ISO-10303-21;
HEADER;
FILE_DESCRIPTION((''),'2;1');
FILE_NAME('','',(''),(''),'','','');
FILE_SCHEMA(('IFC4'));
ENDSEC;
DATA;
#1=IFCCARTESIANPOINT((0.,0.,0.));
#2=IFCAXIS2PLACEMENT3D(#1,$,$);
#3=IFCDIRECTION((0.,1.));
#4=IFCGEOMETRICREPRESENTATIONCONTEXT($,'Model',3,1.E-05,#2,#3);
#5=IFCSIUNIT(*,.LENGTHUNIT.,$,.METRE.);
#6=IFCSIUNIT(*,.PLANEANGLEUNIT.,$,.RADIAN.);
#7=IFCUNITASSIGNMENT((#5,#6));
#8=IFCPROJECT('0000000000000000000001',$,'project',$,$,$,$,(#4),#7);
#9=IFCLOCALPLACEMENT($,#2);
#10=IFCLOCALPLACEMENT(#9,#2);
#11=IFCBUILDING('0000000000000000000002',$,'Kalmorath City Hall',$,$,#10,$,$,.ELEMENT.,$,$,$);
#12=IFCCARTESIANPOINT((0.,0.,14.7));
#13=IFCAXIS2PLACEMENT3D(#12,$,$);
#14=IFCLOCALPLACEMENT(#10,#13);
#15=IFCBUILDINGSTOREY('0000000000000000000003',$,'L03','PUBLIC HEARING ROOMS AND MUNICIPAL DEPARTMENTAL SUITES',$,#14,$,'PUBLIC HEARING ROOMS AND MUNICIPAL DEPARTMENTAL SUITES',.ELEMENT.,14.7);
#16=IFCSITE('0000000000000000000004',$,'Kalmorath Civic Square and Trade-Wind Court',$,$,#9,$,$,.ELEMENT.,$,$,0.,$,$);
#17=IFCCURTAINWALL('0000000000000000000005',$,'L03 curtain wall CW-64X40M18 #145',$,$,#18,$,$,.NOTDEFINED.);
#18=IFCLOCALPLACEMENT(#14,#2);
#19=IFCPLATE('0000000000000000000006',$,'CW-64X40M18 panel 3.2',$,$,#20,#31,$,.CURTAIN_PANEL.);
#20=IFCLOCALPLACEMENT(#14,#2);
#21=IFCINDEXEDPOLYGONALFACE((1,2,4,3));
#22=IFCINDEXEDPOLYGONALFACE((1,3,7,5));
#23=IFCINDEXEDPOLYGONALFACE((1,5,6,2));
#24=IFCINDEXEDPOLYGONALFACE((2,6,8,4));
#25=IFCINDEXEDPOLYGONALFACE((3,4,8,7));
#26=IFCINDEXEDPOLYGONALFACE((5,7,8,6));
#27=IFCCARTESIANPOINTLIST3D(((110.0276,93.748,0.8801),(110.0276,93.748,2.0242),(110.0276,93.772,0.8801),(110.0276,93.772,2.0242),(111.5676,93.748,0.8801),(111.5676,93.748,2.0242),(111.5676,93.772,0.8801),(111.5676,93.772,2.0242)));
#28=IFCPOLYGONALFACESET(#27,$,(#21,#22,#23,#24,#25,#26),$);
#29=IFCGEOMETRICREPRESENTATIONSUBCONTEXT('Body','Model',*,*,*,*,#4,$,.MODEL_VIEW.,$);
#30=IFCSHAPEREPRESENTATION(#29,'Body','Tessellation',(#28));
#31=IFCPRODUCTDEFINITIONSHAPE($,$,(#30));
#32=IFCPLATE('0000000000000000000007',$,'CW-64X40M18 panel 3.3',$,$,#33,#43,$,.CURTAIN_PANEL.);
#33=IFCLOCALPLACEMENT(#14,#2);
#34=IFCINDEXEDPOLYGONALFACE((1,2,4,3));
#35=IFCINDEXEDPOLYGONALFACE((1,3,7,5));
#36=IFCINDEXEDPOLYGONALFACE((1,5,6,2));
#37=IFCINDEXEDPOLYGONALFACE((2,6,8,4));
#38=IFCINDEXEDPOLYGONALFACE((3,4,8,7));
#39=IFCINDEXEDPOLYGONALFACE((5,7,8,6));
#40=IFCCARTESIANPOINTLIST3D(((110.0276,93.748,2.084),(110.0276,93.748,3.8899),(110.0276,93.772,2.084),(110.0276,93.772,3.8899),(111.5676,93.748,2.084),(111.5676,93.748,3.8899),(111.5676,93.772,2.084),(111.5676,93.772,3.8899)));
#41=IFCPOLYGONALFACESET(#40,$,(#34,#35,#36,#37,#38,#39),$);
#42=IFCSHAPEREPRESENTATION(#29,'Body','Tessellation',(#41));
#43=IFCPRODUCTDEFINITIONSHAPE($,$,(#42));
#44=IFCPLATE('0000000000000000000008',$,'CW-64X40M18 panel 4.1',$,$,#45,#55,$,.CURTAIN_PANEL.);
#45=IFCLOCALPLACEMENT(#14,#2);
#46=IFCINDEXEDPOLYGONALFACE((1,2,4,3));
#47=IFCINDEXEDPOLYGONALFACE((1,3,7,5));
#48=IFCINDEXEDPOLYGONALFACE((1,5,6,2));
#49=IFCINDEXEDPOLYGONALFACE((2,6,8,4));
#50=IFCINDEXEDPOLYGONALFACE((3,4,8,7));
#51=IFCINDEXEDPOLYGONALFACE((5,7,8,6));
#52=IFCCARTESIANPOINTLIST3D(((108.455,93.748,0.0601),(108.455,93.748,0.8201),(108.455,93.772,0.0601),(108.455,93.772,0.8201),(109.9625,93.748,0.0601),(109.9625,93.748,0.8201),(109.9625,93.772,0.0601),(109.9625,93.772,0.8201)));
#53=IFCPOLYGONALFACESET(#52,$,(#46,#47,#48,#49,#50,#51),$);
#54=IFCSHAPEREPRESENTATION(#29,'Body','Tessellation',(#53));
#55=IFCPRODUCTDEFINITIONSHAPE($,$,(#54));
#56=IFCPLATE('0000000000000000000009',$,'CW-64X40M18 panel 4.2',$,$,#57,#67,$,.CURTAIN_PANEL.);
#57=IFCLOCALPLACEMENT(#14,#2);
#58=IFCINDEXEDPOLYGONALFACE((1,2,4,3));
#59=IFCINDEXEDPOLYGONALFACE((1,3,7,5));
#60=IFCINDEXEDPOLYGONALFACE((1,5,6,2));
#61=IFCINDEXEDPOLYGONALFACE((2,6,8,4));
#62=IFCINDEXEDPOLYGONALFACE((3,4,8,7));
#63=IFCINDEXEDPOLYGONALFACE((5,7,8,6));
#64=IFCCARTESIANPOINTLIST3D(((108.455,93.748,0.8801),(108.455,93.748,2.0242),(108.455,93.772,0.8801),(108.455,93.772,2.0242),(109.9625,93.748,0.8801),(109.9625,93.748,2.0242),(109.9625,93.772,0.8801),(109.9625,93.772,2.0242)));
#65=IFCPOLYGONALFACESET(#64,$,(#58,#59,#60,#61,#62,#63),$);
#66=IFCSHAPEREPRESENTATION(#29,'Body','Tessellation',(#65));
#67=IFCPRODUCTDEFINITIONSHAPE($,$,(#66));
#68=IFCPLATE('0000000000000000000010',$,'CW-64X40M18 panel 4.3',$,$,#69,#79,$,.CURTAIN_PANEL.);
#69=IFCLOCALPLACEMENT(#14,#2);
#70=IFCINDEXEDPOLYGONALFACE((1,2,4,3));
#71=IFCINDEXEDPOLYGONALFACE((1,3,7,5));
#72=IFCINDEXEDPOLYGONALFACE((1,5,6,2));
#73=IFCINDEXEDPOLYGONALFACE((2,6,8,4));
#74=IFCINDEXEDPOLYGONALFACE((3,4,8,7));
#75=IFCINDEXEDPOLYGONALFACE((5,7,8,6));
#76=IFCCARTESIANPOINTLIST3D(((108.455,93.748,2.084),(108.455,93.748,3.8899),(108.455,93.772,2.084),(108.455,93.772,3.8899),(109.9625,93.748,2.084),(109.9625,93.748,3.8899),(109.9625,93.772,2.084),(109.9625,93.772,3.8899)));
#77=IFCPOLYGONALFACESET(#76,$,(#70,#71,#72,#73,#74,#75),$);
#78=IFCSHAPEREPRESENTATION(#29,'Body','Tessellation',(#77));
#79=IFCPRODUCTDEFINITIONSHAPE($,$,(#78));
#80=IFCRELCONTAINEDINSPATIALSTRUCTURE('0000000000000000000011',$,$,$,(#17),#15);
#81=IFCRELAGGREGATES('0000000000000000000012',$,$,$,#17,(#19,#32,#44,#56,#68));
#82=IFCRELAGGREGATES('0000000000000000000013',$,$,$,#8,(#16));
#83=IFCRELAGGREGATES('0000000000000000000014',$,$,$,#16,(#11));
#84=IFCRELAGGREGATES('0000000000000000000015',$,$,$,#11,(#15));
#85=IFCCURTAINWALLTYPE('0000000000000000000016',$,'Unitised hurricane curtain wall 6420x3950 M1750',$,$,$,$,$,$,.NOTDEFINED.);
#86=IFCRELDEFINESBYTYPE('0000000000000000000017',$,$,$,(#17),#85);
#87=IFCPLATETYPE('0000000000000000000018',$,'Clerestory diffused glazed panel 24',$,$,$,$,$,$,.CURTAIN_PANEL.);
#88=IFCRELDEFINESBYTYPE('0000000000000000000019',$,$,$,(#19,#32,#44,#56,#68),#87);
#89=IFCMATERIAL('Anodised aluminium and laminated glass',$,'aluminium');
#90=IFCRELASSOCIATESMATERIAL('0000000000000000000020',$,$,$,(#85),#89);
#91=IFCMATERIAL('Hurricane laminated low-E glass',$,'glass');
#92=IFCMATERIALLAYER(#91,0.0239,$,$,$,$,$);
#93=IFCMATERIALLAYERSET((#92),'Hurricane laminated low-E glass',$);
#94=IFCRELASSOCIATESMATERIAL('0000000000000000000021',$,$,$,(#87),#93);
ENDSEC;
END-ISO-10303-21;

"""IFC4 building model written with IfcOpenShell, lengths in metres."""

from ifc_helpers import new_model, si_unit, direction, frame, origin, origin_2d, place, context, subcontext, project, spatial, rectangle, extrude, material, layer, layer_set, type_object, element, aggregate, save


model = new_model("IFC4")

# Units and contexts
model_context = context("Model", 3, precision=1e-05, world=origin(), true_north=direction((0.0, 1.0)))
body_context = subcontext(model_context, "Body", "Model", "MODEL_VIEW")
ifc_project = project(units=[si_unit("LENGTHUNIT", "METRE"), si_unit("PLANEANGLEUNIT", "RADIAN")], contexts=[model_context])

# Site, building, storey
site_placement = place(None, origin())
site = spatial("IfcSite", under=ifc_project, at=site_placement, Name="Kalmorath Civic Square and Trade-Wind Court", CompositionType="ELEMENT", RefElevation=0.0)
building_placement = place(site_placement, origin())
building = spatial("IfcBuilding", under=site, at=building_placement, Name="Kalmorath City Hall", CompositionType="ELEMENT")
storey_placement = place(building_placement, frame((0.0, 0.0, 14.7)))
storey = spatial("IfcBuildingStorey", under=building, at=storey_placement, Name="L03", Description="PUBLIC HEARING ROOMS AND MUNICIPAL DEPARTMENTAL SUITES", LongName="PUBLIC HEARING ROOMS AND MUNICIPAL DEPARTMENTAL SUITES", CompositionType="ELEMENT", Elevation=14.7)

# Curtain wall, plates
ifc_material_1 = material(Name="Anodised aluminium and laminated glass", Category="aluminium")
curtain_wall_type = type_object("IfcCurtainWallType", Name="Unitised hurricane curtain wall 6420x3950 M1750", PredefinedType="NOTDEFINED", material=ifc_material_1)
curtain_wall_placement = place(storey_placement, origin())
curtain_wall = element("IfcCurtainWall", 1, at=curtain_wall_placement, inside=storey, type_object=curtain_wall_type, Name="L03 curtain wall CW-64X40M18 #145", PredefinedType="NOTDEFINED")
ifc_material_2 = material(Name="Hurricane laminated low-E glass", Category="glass")
ifc_layer = layer(ifc_material_2, 0.0239)
ifc_layer_set = layer_set([ifc_layer], Name="Hurricane laminated low-E glass")
plate_type = type_object("IfcPlateType", Name="Clerestory diffused glazed panel 24", PredefinedType="CURTAIN_PANEL", material=ifc_layer_set)
plate_1_placement = place(storey_placement, frame((110.7976, 93.76, 0.8801), z_axis=(0.0, 0.0, 1.0), x_axis=(-1.0, 0.0, 0.0)))
plate_1 = element("IfcPlate", 2, at=plate_1_placement, type_object=plate_type, Name="CW-64X40M18 panel 3.2", PredefinedType="CURTAIN_PANEL", context=body_context, shape_type="SweptSolid", body=[
    extrude(rectangle(XDim=1.54, YDim=0.0239, at=origin_2d()), origin(), (0.0, 0.0, 1.0), 1.144),
])
plate_2_placement = place(storey_placement, frame((110.7976, 93.76, 2.084), z_axis=(0.0, 0.0, 1.0), x_axis=(-1.0, 0.0, 0.0)))
plate_2 = element("IfcPlate", 3, at=plate_2_placement, type_object=plate_type, Name="CW-64X40M18 panel 3.3", PredefinedType="CURTAIN_PANEL", context=body_context, shape_type="SweptSolid", body=[
    extrude(rectangle(XDim=1.54, YDim=0.0239, at=origin_2d()), origin(), (0.0, 0.0, 1.0), 1.8059),
])
plate_3_placement = place(storey_placement, frame((109.2087, 93.76, 0.0601), z_axis=(0.0, 0.0, 1.0), x_axis=(-1.0, 0.0, 0.0)))
plate_3 = element("IfcPlate", 4, at=plate_3_placement, type_object=plate_type, Name="CW-64X40M18 panel 4.1", PredefinedType="CURTAIN_PANEL", context=body_context, shape_type="SweptSolid", body=[
    extrude(rectangle(XDim=1.5076, YDim=0.0239, at=origin_2d()), origin(), (0.0, 0.0, 1.0), 0.76),
])
plate_4_placement = place(storey_placement, frame((109.2087, 93.76, 0.8801), z_axis=(0.0, 0.0, 1.0), x_axis=(-1.0, 0.0, 0.0)))
plate_4 = element("IfcPlate", 5, at=plate_4_placement, type_object=plate_type, Name="CW-64X40M18 panel 4.2", PredefinedType="CURTAIN_PANEL", context=body_context, shape_type="SweptSolid", body=[
    extrude(rectangle(XDim=1.5076, YDim=0.0239, at=origin_2d()), origin(), (0.0, 0.0, 1.0), 1.144),
])
plate_5_placement = place(storey_placement, frame((109.2087, 93.76, 2.084), z_axis=(0.0, 0.0, 1.0), x_axis=(-1.0, 0.0, 0.0)))
plate_5 = element("IfcPlate", 6, at=plate_5_placement, type_object=plate_type, Name="CW-64X40M18 panel 4.3", PredefinedType="CURTAIN_PANEL", context=body_context, shape_type="SweptSolid", body=[
    extrude(rectangle(XDim=1.5076, YDim=0.0239, at=origin_2d()), origin(), (0.0, 0.0, 1.0), 1.8059),
])
aggregate(curtain_wall, [plate_1, plate_2, plate_3, plate_4, plate_5])

save(model, "model.ifc")
